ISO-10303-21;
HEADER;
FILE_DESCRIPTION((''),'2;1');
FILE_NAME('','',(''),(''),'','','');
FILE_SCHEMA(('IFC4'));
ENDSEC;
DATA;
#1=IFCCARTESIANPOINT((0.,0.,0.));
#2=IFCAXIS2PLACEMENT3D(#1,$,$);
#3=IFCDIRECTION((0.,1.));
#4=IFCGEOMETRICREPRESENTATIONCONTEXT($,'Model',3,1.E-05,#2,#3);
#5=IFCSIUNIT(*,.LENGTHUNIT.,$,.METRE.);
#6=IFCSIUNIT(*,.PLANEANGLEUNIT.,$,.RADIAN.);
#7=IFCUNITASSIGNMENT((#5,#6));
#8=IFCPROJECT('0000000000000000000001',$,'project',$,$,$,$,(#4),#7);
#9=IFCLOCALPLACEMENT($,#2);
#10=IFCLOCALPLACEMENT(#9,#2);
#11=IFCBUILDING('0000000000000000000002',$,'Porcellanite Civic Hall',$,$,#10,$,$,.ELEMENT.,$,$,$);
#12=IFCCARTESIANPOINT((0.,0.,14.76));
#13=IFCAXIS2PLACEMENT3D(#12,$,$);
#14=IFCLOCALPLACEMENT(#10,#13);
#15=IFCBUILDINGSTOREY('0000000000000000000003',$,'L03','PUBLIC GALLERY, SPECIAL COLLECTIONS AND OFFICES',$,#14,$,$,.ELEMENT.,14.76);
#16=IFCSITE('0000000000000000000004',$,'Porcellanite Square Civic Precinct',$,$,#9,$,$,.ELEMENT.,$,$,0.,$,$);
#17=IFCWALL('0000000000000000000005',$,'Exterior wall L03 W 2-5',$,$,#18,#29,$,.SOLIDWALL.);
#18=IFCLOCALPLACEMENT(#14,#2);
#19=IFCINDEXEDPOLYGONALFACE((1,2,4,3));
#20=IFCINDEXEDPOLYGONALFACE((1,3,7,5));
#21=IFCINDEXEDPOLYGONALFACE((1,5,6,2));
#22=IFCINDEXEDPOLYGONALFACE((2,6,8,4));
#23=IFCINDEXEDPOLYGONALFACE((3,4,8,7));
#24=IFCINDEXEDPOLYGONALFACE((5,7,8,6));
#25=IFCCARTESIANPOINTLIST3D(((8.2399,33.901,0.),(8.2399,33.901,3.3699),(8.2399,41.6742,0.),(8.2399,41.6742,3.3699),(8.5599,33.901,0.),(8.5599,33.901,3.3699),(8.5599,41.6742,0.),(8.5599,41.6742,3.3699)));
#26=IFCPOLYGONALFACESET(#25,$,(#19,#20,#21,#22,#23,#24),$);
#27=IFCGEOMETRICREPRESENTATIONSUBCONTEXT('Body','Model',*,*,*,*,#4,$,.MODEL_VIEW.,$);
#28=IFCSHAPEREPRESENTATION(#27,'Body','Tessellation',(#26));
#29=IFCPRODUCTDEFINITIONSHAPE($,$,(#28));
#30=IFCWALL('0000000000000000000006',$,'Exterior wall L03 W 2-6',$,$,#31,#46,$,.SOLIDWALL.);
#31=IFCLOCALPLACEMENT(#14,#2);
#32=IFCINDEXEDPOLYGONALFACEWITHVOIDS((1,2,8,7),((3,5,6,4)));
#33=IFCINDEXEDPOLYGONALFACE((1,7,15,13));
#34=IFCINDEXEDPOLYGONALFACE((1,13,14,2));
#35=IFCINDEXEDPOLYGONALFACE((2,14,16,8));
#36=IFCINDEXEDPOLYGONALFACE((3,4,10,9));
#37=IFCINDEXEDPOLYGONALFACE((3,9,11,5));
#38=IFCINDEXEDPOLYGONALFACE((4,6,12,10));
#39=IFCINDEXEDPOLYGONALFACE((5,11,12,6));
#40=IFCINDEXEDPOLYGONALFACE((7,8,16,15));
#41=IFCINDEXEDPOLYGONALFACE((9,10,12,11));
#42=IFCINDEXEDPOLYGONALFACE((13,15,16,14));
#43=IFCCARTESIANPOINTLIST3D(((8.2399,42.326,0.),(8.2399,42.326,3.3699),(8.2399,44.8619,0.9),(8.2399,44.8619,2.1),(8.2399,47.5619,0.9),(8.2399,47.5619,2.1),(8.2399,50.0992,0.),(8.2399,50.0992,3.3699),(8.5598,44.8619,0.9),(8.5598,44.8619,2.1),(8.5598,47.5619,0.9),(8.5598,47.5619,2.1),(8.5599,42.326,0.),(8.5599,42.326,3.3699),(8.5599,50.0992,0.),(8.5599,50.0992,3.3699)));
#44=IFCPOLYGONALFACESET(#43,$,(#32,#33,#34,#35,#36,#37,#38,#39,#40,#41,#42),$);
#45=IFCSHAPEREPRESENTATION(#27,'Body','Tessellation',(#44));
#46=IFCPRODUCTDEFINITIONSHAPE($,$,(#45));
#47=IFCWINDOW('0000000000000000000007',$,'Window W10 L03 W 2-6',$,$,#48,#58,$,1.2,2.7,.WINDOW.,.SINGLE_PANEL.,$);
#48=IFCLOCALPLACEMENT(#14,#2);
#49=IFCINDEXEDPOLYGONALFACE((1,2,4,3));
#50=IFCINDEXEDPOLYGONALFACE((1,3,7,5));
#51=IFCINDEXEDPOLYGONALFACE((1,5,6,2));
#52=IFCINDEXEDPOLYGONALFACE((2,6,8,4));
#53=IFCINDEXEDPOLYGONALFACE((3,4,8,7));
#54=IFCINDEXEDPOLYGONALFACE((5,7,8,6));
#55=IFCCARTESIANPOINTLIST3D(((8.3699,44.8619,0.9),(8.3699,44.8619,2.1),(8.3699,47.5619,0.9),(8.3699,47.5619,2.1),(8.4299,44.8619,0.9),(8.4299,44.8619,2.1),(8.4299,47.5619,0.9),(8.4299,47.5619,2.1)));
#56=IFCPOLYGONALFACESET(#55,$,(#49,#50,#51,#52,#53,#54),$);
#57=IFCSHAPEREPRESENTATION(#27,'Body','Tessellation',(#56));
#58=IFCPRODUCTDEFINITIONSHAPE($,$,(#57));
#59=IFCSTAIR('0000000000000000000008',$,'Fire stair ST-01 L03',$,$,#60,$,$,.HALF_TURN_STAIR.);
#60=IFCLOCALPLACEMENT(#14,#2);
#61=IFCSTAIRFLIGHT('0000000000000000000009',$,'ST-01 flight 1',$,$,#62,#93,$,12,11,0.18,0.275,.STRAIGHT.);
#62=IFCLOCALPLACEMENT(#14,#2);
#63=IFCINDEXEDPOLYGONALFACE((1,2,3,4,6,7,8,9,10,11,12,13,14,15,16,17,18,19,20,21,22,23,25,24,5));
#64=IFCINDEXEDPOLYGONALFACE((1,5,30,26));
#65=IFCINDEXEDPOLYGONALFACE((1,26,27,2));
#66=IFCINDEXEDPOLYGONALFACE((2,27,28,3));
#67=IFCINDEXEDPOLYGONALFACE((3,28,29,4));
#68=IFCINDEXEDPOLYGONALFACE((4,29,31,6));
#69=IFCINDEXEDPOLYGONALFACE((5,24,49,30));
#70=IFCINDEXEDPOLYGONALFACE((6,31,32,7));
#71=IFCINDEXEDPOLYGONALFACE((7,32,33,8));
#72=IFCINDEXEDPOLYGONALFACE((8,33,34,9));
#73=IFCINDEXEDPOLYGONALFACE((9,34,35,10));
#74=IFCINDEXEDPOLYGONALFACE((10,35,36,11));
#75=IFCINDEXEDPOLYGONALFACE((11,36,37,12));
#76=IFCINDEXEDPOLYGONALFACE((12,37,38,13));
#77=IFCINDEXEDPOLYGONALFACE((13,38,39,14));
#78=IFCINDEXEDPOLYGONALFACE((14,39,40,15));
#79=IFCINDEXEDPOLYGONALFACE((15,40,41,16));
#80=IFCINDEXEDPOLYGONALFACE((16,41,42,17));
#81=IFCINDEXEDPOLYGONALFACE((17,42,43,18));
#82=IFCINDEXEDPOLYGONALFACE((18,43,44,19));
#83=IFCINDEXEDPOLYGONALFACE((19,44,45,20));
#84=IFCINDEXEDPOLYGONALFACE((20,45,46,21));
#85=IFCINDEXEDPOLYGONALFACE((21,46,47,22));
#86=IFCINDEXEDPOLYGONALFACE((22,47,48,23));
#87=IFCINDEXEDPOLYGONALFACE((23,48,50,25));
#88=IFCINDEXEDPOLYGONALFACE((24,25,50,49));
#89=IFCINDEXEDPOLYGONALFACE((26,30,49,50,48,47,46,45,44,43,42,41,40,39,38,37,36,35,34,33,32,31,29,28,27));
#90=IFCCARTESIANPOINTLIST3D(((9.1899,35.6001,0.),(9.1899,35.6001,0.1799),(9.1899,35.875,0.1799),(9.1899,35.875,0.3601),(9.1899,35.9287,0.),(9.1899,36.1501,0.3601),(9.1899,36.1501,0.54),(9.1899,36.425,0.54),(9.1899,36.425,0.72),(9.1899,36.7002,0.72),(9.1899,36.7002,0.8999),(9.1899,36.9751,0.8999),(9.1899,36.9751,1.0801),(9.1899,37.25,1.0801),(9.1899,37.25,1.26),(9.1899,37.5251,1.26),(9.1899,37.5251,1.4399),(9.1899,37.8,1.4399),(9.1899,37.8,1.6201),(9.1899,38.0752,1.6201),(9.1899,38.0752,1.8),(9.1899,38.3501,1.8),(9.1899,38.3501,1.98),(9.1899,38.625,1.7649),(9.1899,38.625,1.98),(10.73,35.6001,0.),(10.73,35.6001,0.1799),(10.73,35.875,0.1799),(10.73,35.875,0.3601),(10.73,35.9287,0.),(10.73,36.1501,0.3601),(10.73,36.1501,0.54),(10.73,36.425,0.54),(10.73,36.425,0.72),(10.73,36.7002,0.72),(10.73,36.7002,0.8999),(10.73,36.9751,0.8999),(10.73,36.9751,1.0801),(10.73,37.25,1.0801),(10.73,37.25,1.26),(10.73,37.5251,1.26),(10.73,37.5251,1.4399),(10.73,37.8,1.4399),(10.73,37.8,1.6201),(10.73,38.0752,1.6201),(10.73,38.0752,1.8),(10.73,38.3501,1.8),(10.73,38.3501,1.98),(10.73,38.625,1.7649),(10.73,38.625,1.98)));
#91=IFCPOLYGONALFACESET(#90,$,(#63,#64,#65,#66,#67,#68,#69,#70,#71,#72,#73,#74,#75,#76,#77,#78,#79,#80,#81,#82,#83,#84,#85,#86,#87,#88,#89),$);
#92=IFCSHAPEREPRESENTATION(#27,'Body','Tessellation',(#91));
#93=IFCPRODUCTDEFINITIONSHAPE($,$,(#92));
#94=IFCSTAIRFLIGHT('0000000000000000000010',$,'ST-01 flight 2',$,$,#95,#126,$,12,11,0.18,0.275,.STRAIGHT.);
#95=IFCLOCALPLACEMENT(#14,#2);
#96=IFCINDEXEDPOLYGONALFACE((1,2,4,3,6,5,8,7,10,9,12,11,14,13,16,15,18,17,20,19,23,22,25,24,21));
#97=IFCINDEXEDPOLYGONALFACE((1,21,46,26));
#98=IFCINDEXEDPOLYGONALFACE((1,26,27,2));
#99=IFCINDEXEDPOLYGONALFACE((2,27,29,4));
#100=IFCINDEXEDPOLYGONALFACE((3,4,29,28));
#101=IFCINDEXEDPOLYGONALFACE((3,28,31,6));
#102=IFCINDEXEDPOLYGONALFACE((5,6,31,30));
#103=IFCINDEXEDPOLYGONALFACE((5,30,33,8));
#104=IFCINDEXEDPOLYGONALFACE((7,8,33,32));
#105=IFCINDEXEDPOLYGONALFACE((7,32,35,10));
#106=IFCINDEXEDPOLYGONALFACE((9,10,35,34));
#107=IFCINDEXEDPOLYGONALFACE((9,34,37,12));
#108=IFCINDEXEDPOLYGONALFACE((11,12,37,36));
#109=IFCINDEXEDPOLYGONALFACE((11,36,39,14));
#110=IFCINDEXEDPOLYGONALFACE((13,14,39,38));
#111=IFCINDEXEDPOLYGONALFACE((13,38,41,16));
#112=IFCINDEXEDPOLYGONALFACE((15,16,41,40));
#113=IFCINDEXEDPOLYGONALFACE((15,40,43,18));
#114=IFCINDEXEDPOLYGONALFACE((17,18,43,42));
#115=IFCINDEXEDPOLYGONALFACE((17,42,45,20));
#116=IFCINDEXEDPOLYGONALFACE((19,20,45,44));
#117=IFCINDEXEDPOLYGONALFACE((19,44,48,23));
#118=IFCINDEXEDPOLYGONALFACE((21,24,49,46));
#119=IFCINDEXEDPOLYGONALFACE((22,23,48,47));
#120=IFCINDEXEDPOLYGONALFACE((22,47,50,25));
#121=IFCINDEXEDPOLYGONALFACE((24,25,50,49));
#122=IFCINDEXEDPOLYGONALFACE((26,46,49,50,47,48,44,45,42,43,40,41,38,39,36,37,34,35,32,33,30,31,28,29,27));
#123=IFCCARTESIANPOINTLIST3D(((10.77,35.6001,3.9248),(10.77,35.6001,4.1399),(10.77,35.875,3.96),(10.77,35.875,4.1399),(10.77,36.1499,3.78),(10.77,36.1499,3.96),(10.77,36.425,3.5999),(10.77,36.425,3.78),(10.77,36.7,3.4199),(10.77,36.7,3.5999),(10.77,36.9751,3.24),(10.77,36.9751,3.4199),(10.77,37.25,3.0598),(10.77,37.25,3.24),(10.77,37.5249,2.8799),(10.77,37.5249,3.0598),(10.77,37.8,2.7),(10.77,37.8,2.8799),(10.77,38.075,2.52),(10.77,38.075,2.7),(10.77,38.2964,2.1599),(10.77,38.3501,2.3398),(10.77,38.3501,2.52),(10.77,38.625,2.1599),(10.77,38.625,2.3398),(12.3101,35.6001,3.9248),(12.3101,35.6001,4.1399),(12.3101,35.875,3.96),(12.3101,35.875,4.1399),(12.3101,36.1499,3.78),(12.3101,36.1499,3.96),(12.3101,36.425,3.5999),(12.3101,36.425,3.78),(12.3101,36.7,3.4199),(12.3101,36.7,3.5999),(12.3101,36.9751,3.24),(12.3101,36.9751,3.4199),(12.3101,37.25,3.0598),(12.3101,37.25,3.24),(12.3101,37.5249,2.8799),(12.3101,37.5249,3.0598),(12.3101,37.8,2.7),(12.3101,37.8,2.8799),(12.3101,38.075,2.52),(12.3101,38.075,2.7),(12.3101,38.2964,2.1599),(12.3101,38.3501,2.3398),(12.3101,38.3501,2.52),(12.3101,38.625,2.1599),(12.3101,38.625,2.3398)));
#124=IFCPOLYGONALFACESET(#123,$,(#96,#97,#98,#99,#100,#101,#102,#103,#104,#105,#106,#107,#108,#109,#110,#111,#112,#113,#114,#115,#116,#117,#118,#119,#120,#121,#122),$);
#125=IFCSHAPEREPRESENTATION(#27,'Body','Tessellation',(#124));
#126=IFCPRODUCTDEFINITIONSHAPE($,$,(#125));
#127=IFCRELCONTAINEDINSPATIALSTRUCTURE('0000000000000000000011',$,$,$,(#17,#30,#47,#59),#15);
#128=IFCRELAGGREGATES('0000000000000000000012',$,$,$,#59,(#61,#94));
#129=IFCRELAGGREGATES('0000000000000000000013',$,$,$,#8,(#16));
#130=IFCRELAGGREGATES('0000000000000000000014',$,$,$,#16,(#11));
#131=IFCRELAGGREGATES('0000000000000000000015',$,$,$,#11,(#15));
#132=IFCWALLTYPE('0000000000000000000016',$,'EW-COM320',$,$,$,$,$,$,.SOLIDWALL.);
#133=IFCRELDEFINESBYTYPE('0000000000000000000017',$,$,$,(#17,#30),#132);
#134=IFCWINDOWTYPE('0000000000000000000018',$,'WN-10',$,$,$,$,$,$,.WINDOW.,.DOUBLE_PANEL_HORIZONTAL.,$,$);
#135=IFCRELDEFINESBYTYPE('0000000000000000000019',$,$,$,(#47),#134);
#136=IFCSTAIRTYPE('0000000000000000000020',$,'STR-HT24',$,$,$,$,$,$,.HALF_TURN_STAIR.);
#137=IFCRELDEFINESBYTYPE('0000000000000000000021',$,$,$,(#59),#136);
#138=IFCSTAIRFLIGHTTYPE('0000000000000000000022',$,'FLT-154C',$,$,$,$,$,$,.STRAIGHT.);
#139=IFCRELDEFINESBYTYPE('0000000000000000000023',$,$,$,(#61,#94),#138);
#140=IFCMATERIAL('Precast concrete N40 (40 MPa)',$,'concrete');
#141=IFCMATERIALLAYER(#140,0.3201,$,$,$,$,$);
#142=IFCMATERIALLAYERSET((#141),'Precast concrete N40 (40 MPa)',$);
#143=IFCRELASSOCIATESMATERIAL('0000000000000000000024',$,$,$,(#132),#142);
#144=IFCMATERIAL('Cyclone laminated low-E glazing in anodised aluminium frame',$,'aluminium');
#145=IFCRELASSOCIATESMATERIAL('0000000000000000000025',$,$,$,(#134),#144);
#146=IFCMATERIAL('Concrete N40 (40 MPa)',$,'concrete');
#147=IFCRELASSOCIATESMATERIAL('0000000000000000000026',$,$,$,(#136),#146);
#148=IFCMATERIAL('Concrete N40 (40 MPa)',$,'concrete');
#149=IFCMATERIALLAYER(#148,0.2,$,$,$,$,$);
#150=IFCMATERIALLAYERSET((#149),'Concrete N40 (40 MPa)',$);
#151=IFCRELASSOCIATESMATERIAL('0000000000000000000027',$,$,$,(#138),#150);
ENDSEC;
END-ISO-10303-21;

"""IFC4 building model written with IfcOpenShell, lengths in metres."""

from ifc_helpers import new_model, si_unit, direction, frame, frame_2d, origin, place, context, subcontext, project, spatial, polyline, rectangle, outline, extrude, material, layer, layer_set, type_object, element, fill, aggregate, save


model = new_model("IFC4")

# Units and contexts
model_context = context("Model", 3, precision=1e-05, world=origin(), true_north=direction((0.0, 1.0)))
body_context = subcontext(model_context, "Body", "Model", "MODEL_VIEW")
ifc_project = project(units=[si_unit("LENGTHUNIT", "METRE"), si_unit("PLANEANGLEUNIT", "RADIAN")], contexts=[model_context])

# Site, building, storey
site_placement = place(None, origin())
site = spatial("IfcSite", under=ifc_project, at=site_placement, Name="Porcellanite Square Civic Precinct", CompositionType="ELEMENT", RefElevation=0.0)
building_placement = place(site_placement, origin())
building = spatial("IfcBuilding", under=site, at=building_placement, Name="Porcellanite Civic Hall", CompositionType="ELEMENT")
storey_placement = place(building_placement, frame((0.0, 0.0, 14.76)))
storey = spatial("IfcBuildingStorey", under=building, at=storey_placement, Name="L03", Description="PUBLIC GALLERY, SPECIAL COLLECTIONS AND OFFICES", CompositionType="ELEMENT", Elevation=14.76)

# Wall
ifc_material_1 = material(Name="Precast concrete N40 (40 MPa)", Category="concrete")
ifc_layer_1 = layer(ifc_material_1, 0.3201)
ifc_layer_set_1 = layer_set([ifc_layer_1], Name="Precast concrete N40 (40 MPa)")
wall_type_1 = type_object("IfcWallType", Name="EW-COM320", PredefinedType="SOLIDWALL", material=ifc_layer_set_1)
wall_1_placement = place(storey_placement, frame((8.3999, 33.9009, 0.0), z_axis=(0.0, 0.0, 1.0), x_axis=(0.0, 1.0, 0.0)))
element("IfcWall", 1, at=wall_1_placement, inside=storey, type_object=wall_type_1, Name="Exterior wall L03 W 2-5", PredefinedType="SOLIDWALL", context=body_context, shape_type="SweptSolid", body=[
    extrude(rectangle(XDim=7.7732, YDim=0.3201, at=frame_2d((3.8867, 0.0))), origin(), (0.0, 0.0, 1.0), 3.3699),
])

# Wall, opening, window
wall_2_placement = place(storey_placement, frame((8.3999, 42.3259, 0.0), z_axis=(0.0, 0.0, 1.0), x_axis=(0.0, 1.0, 0.0)))
wall_2 = element("IfcWall", 2, at=wall_2_placement, inside=storey, type_object=wall_type_1, Name="Exterior wall L03 W 2-6", PredefinedType="SOLIDWALL", context=body_context, shape_type="SweptSolid", body=[
    extrude(rectangle(XDim=7.7732, YDim=0.3201, at=frame_2d((3.8867, 0.0))), origin(), (0.0, 0.0, 1.0), 3.3699),
])
opening_1_placement = place(wall_2_placement, frame((2.5359, 0.0, 0.8999)))
opening_1 = element("IfcOpeningElement", 3, at=opening_1_placement, cuts=wall_2, PredefinedType="OPENING", context=body_context, shape_type="SweptSolid", body=[
    extrude(rectangle(XDim=2.7, YDim=1.2, at=frame_2d((1.3501, 0.6001))), frame((0.0, 0.1602, 0.0), z_axis=(0.0, -1.0, 0.0), x_axis=(1.0, 0.0, 0.0)), (0.0, 0.0, 1.0), 0.3201),
])
ifc_material_2 = material(Name="Cyclone laminated low-E glazing in anodised aluminium frame", Category="aluminium")
window_type = type_object("IfcWindowType", Name="WN-10", PartitioningType="DOUBLE_PANEL_HORIZONTAL", PredefinedType="WINDOW", material=ifc_material_2)
window_placement = place(opening_1_placement, origin())
window = element("IfcWindow", 4, at=window_placement, inside=storey, type_object=window_type, Name="Window W10 L03 W 2-6", OverallHeight=1.2, OverallWidth=2.7, PartitioningType="SINGLE_PANEL", PredefinedType="WINDOW", context=body_context, shape_type="SweptSolid", body=[
    extrude(rectangle(XDim=2.7, YDim=1.2, at=frame_2d((1.3501, 0.6001))), frame((0.0, 0.03, 0.0), z_axis=(0.0, -1.0, 0.0), x_axis=(1.0, 0.0, 0.0)), (0.0, 0.0, 1.0), 0.0601),
])
fill(opening_1, window)

# Stair, stair flights
ifc_material_3 = material(Name="Concrete N40 (40 MPa)", Category="concrete")
stair_type = type_object("IfcStairType", Name="STR-HT24", PredefinedType="HALF_TURN_STAIR", material=ifc_material_3)
stair_placement = place(storey_placement, origin())
stair = element("IfcStair", 5, at=stair_placement, inside=storey, type_object=stair_type, Name="Fire stair ST-01 L03", PredefinedType="HALF_TURN_STAIR")
ifc_material_4 = material(Name="Concrete N40 (40 MPa)", Category="concrete")
ifc_layer_2 = layer(ifc_material_4, 0.2)
ifc_layer_set_2 = layer_set([ifc_layer_2], Name="Concrete N40 (40 MPa)")
stair_flight_type = type_object("IfcStairFlightType", Name="FLT-154C", PredefinedType="STRAIGHT", material=ifc_layer_set_2)
stair_flight_1_placement = place(storey_placement, frame((9.96, 35.6001, 0.0), z_axis=(0.0, 0.0, 1.0), x_axis=(0.0, 1.0, 0.0)))
stair_flight_1 = element("IfcStairFlight", 6, at=stair_flight_1_placement, type_object=stair_flight_type, Name="ST-01 flight 1", NumberOfRisers=12, NumberOfTreads=11, PredefinedType="STRAIGHT", RiserHeight=0.18, TreadLength=0.275, context=body_context, shape_type="SweptSolid", body=[
    extrude(outline(polyline([(0.0, 0.0), (0.0, 0.1799), (0.2749, 0.1799), (0.2749, 0.3601), (0.55, 0.3601), (0.55, 0.54), (0.825, 0.54), (0.825, 0.72), (1.1001, 0.72), (1.1001, 0.8999), (1.375, 0.8999), (1.375, 1.0801), (1.6499, 1.0801), (1.6499, 1.26), (1.925, 1.26), (1.925, 1.4399), (2.2, 1.4399), (2.2, 1.6201), (2.4751, 1.6201), (2.4751, 1.8), (2.75, 1.8), (2.75, 1.98), (3.0249, 1.98), (3.0249, 2.1599), (3.0249, 1.7649), (0.3286, 0.0), (0.0, 0.0)])), frame((0.0, 0.77, 0.0), z_axis=(0.0, -1.0, 0.0), x_axis=(1.0, 0.0, 0.0)), (0.0, 0.0, 1.0), 1.54),
])
stair_flight_2_placement = place(storey_placement, frame((11.54, 38.625, 2.1599), z_axis=(0.0, 0.0, 1.0), x_axis=(0.0, -1.0, 0.0)))
stair_flight_2 = element("IfcStairFlight", 7, at=stair_flight_2_placement, type_object=stair_flight_type, Name="ST-01 flight 2", NumberOfRisers=12, NumberOfTreads=11, PredefinedType="STRAIGHT", RiserHeight=0.18, TreadLength=0.275, context=body_context, shape_type="SweptSolid", body=[
    extrude(outline(polyline([(0.0, 0.0), (0.0, 0.1799), (0.2749, 0.1799), (0.2749, 0.3601), (0.55, 0.3601), (0.55, 0.54), (0.825, 0.54), (0.825, 0.72), (1.1001, 0.72), (1.1001, 0.8999), (1.375, 0.8999), (1.375, 1.0801), (1.6499, 1.0801), (1.6499, 1.26), (1.925, 1.26), (1.925, 1.4399), (2.2, 1.4399), (2.2, 1.6201), (2.4751, 1.6201), (2.4751, 1.8), (2.75, 1.8), (2.75, 1.98), (3.0249, 1.98), (3.0249, 2.1599), (3.0249, 1.7649), (0.3286, 0.0), (0.0, 0.0)])), frame((0.0, 0.77, 0.0), z_axis=(0.0, -1.0, 0.0), x_axis=(1.0, 0.0, 0.0)), (0.0, 0.0, 1.0), 1.54),
])
aggregate(stair, [stair_flight_1, stair_flight_2])

save(model, "model.ifc")
